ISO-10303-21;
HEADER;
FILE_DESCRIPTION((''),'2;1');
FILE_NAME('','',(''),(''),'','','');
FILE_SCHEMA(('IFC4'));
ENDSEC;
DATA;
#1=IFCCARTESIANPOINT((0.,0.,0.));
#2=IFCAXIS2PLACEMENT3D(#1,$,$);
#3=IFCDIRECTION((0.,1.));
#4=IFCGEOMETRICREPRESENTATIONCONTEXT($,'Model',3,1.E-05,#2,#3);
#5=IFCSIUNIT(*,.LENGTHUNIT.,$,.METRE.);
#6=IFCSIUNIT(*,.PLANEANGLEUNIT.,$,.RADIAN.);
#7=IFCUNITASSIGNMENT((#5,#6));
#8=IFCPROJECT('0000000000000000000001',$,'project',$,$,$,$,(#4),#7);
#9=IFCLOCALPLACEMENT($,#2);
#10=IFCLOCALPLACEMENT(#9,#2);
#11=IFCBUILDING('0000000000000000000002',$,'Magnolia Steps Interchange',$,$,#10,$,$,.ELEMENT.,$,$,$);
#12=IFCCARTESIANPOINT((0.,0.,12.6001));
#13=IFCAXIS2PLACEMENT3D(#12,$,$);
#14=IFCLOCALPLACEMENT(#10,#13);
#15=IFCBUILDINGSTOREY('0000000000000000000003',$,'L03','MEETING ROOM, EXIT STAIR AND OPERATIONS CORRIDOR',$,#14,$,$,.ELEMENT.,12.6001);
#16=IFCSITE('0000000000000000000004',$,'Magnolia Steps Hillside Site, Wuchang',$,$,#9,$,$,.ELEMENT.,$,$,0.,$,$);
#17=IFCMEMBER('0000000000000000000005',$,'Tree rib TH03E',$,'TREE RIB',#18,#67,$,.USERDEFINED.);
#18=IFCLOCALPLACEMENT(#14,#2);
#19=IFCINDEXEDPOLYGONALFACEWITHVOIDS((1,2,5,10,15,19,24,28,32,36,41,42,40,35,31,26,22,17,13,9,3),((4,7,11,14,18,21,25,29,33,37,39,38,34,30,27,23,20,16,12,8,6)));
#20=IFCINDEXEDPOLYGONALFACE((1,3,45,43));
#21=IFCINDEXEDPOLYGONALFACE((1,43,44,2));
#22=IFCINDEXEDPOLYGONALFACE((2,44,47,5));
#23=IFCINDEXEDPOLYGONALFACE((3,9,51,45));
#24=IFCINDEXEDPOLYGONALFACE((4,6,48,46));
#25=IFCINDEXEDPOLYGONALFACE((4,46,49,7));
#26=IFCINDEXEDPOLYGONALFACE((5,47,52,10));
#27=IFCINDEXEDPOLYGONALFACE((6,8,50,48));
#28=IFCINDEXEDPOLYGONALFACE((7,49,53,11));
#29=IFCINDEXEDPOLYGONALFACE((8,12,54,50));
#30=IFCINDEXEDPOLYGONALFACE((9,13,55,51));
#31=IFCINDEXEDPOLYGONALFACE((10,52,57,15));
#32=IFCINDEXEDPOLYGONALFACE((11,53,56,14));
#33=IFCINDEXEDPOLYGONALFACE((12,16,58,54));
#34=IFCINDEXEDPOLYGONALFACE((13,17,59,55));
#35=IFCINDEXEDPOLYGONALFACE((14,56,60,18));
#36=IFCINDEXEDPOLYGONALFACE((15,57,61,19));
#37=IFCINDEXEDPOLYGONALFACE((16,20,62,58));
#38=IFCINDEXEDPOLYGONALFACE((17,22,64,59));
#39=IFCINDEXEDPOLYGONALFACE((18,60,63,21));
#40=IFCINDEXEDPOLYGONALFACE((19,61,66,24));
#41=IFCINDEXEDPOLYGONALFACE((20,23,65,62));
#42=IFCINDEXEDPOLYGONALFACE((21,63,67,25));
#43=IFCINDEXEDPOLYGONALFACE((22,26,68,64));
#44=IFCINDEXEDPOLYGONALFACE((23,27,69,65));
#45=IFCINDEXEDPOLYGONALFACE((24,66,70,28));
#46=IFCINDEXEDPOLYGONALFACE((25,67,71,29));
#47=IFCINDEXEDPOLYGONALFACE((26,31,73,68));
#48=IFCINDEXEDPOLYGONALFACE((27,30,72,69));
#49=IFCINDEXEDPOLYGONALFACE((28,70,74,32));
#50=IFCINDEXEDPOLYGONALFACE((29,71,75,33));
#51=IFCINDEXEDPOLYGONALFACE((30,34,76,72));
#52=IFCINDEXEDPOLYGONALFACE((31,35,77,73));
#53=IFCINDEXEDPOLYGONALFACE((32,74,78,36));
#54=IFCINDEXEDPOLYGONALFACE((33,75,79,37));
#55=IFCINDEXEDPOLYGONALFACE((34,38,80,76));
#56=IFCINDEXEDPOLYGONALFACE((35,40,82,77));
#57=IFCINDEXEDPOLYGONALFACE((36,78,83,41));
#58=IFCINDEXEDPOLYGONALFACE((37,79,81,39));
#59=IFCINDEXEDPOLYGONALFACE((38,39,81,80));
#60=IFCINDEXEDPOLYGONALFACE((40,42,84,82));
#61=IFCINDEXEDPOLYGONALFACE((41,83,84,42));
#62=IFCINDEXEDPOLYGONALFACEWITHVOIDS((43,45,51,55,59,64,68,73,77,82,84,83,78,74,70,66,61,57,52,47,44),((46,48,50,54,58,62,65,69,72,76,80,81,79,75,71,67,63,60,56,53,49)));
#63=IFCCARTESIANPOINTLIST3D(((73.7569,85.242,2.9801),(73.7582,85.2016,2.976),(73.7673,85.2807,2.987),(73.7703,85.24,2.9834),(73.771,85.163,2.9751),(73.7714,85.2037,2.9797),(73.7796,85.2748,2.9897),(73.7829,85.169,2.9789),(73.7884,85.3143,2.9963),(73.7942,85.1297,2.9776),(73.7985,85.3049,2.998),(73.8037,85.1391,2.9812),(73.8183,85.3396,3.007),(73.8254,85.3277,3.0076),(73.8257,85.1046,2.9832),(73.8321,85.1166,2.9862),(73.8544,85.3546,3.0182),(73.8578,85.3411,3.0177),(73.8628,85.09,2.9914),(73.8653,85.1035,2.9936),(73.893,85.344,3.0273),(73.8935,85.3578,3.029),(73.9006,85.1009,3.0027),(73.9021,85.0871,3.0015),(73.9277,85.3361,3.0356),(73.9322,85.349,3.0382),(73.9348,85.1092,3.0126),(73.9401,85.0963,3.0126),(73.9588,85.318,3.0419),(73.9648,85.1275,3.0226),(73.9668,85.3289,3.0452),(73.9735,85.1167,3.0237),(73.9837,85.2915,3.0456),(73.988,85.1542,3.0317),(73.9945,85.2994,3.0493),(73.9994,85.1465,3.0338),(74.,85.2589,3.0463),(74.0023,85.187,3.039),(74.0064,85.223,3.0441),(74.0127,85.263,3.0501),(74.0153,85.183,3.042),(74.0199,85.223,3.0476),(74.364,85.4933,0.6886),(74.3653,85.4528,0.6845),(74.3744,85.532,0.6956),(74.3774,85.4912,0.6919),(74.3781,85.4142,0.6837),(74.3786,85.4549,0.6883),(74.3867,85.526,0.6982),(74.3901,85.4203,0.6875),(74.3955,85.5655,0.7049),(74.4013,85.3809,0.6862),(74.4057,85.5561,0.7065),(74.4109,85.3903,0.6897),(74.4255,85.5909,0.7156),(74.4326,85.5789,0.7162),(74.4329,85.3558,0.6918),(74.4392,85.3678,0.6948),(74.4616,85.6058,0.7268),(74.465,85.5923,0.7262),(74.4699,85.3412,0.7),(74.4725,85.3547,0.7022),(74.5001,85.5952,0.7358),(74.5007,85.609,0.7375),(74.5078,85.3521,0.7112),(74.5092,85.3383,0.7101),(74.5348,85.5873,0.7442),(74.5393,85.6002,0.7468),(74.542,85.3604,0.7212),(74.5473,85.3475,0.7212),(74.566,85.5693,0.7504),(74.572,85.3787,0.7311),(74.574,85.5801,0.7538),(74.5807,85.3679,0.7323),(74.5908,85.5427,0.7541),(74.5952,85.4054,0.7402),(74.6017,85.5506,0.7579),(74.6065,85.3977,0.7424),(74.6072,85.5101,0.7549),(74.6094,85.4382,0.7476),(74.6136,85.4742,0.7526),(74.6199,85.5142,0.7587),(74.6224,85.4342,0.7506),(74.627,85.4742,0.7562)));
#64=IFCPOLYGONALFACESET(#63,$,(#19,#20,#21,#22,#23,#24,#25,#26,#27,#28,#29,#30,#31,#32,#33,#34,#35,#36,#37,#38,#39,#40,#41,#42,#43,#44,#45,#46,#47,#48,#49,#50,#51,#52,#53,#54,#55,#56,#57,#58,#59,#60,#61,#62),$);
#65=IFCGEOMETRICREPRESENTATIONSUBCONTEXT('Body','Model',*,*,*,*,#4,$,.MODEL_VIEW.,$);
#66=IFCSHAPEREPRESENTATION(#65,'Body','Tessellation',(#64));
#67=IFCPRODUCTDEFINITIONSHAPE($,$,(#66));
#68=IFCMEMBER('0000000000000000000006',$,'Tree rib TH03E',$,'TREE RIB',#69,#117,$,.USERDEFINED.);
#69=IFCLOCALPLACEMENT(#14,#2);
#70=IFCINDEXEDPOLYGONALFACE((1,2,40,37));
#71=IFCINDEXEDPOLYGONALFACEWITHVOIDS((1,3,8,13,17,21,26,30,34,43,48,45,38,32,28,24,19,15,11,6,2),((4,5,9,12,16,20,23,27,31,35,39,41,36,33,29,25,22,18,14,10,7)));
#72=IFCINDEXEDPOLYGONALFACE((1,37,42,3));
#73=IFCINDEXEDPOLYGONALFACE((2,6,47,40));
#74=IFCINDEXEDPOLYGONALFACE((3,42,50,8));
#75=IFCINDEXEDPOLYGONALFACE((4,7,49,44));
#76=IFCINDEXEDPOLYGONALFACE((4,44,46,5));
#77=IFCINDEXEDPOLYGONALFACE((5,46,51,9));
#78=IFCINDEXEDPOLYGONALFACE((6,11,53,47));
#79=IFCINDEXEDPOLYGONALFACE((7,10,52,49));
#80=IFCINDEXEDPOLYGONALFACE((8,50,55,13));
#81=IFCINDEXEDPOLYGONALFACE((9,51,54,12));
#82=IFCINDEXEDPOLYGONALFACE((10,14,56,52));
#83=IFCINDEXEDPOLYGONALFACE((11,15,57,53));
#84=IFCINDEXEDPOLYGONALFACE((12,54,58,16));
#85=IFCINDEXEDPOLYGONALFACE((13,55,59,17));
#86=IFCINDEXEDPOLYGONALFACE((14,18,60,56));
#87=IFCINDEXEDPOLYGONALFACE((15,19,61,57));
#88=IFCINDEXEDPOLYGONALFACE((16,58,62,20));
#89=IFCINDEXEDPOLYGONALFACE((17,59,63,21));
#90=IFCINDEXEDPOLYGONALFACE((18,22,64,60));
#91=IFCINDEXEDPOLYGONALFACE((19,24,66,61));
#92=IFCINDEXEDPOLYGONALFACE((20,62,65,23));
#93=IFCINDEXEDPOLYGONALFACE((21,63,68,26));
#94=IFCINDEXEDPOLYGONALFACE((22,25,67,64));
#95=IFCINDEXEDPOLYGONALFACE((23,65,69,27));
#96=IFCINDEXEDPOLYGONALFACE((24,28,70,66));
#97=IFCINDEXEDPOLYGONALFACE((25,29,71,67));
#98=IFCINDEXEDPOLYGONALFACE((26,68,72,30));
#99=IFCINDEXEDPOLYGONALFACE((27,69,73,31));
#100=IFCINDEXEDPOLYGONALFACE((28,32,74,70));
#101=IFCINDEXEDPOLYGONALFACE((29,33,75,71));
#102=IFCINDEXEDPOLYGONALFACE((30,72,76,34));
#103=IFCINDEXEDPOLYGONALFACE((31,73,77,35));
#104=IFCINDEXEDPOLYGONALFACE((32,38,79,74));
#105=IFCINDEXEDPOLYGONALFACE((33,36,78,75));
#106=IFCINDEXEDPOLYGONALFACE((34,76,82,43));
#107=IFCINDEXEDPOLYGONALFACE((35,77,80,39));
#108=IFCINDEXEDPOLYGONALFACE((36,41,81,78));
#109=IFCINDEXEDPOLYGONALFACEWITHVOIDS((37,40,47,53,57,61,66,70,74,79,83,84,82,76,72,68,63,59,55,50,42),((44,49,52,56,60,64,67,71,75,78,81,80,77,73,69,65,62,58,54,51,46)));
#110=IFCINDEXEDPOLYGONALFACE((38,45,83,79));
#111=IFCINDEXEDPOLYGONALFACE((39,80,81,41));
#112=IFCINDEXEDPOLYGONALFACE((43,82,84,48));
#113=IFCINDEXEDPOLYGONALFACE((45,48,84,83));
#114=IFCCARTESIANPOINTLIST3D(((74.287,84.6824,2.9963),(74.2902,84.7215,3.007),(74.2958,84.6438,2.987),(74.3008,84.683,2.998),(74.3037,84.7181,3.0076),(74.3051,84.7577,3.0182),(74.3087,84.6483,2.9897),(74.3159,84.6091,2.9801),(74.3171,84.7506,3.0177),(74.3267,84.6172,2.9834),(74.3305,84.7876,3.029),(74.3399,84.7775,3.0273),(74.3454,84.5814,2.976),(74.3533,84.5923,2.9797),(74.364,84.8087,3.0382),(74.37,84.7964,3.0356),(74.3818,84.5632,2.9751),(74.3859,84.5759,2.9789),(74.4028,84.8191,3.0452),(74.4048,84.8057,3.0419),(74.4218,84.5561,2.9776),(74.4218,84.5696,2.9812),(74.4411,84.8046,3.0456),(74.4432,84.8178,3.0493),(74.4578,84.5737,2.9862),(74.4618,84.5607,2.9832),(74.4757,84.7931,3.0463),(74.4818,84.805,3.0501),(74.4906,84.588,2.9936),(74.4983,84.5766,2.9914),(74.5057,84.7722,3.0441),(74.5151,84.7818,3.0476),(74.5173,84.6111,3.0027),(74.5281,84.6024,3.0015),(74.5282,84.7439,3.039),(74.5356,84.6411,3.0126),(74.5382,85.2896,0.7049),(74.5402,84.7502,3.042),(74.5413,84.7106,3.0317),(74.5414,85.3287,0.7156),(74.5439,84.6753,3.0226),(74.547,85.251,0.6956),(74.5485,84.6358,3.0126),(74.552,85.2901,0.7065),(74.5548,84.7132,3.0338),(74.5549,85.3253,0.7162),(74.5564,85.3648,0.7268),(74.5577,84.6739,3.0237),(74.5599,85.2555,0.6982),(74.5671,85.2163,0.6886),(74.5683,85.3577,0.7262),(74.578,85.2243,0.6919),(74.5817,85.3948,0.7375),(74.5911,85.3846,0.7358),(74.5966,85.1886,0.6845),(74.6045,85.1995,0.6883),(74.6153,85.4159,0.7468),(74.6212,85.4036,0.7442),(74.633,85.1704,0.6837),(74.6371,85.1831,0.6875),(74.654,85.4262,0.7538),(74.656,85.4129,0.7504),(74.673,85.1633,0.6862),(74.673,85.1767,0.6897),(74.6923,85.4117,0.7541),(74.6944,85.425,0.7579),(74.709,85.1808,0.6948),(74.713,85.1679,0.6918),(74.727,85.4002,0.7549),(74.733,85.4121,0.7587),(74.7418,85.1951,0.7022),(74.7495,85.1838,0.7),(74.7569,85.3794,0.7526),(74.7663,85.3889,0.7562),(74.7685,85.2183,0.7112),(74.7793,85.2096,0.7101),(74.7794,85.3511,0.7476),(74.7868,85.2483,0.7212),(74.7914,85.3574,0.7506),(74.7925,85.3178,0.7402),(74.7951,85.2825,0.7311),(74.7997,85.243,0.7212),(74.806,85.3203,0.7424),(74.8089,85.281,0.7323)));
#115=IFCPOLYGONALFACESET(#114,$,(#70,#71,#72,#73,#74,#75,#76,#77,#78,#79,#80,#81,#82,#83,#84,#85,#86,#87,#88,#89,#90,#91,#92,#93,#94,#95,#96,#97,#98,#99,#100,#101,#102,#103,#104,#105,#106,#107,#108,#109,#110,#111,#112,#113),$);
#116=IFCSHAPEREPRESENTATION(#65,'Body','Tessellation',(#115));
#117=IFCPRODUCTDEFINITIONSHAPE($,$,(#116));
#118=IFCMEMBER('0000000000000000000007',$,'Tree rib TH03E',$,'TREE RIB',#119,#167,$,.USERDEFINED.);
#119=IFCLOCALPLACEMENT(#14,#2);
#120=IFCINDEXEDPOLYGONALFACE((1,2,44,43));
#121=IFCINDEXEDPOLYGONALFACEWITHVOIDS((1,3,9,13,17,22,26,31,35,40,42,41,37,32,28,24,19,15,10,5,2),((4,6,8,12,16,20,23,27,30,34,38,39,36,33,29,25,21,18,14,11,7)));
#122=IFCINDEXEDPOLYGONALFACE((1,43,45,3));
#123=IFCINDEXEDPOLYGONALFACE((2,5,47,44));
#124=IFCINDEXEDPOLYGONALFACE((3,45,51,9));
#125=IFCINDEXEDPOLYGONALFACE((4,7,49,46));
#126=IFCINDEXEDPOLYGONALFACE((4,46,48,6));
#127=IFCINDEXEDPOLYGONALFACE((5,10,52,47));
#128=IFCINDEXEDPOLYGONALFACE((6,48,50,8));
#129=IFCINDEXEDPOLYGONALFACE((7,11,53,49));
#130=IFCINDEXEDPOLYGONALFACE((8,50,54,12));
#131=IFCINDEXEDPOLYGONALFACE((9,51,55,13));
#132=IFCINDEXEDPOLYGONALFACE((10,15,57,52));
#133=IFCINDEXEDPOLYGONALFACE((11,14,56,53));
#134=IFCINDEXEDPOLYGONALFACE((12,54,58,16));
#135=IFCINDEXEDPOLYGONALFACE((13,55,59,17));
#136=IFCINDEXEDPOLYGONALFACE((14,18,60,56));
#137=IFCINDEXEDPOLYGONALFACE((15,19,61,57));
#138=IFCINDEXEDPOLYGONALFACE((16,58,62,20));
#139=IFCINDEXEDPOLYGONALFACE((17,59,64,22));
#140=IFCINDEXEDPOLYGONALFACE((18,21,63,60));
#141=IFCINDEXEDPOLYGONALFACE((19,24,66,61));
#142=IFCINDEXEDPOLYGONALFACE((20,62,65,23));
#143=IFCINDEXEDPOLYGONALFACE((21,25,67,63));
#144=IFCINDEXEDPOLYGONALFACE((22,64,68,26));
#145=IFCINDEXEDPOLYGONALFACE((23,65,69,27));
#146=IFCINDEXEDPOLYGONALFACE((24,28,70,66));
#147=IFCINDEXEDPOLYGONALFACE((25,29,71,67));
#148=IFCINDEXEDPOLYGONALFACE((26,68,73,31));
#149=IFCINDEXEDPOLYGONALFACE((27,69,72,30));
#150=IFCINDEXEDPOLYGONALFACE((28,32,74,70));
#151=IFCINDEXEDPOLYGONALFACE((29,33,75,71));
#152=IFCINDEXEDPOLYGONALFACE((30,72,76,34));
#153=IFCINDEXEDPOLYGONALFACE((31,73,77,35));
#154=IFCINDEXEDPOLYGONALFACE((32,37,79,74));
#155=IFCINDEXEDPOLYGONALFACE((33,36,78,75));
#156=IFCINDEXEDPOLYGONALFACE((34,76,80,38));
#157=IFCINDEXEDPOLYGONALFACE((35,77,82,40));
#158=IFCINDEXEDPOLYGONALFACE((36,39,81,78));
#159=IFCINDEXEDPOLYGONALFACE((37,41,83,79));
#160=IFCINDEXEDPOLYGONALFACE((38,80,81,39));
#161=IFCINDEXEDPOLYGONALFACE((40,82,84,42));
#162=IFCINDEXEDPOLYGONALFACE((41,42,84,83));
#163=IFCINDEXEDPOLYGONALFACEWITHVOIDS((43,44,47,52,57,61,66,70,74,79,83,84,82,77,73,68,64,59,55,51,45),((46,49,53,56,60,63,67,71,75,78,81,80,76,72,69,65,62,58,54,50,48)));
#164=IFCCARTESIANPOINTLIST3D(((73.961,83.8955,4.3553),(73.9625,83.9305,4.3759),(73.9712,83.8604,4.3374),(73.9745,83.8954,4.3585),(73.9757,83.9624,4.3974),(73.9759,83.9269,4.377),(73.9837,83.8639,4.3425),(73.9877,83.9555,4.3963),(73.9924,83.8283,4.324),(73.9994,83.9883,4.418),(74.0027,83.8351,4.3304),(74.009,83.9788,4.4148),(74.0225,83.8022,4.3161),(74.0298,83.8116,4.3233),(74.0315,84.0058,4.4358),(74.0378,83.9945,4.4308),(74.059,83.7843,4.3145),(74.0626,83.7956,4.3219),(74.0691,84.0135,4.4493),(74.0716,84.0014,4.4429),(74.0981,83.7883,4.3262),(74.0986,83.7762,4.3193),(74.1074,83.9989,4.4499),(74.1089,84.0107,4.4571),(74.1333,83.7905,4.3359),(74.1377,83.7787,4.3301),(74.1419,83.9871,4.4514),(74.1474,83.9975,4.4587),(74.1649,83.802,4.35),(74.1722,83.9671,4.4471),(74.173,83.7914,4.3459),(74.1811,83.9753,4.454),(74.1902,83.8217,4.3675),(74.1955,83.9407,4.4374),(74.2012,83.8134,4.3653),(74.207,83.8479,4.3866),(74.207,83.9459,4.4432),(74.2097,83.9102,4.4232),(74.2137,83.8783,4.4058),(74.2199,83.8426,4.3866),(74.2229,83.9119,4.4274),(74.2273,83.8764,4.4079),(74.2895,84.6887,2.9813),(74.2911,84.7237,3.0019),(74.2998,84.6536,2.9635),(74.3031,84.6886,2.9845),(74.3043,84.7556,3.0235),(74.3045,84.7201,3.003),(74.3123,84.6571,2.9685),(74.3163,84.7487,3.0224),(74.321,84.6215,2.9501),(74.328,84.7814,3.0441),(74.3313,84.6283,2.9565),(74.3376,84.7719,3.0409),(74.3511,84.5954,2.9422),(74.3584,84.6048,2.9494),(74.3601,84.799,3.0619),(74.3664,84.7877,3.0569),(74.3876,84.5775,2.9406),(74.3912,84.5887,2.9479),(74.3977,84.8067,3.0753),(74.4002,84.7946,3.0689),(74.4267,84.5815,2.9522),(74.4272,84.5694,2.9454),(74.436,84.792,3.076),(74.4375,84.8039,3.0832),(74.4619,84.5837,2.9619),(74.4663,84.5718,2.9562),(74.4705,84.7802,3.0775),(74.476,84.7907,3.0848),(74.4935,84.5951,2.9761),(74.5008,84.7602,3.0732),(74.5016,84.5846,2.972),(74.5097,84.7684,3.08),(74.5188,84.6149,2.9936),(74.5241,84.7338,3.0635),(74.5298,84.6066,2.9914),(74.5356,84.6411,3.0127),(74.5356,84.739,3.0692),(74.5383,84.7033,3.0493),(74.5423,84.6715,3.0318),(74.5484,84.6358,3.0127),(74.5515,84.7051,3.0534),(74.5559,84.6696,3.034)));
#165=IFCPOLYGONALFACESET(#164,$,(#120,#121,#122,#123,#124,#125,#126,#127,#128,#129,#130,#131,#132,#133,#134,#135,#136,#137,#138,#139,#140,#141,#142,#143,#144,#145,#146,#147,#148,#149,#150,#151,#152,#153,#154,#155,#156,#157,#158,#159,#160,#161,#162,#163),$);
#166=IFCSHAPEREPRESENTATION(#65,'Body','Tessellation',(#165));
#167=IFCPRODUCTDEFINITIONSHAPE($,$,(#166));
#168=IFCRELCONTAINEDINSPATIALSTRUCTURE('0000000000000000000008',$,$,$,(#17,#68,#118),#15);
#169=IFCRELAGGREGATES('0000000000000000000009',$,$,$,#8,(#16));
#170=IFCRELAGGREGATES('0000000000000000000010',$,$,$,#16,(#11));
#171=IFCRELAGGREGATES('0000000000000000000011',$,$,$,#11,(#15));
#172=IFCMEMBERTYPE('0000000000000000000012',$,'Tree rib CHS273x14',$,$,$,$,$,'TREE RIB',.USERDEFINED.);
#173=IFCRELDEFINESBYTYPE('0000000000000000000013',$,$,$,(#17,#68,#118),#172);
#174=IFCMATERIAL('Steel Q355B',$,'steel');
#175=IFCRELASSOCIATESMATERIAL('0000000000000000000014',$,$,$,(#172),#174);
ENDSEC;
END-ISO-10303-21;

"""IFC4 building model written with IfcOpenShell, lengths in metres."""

from ifc_helpers import new_model, si_unit, direction, frame, origin, origin_2d, place, context, subcontext, project, spatial, hollow_circle, extrude, material, material_profile, profile_set, type_object, element, save


model = new_model("IFC4")

# Units and contexts
model_context = context("Model", 3, precision=1e-05, world=origin(), true_north=direction((0.0, 1.0)))
body_context = subcontext(model_context, "Body", "Model", "MODEL_VIEW")
ifc_project = project(units=[si_unit("LENGTHUNIT", "METRE"), si_unit("PLANEANGLEUNIT", "RADIAN")], contexts=[model_context])

# Site, building, storey
site_placement = place(None, origin())
site = spatial("IfcSite", under=ifc_project, at=site_placement, Name="Magnolia Steps Hillside Site, Wuchang", CompositionType="ELEMENT", RefElevation=0.0)
building_placement = place(site_placement, origin())
building = spatial("IfcBuilding", under=site, at=building_placement, Name="Magnolia Steps Interchange", CompositionType="ELEMENT")
storey_placement = place(building_placement, frame((0.0, 0.0, 12.6001)))
storey = spatial("IfcBuildingStorey", under=building, at=storey_placement, Name="L03", Description="MEETING ROOM, EXIT STAIR AND OPERATIONS CORRIDOR", CompositionType="ELEMENT", Elevation=12.6001)

# Members
ifc_material_1 = material(Name="Steel Q355B", Category="steel")
ifc_material_profile_1 = material_profile(ifc_material_1, hollow_circle(Radius=0.1365, WallThickness=0.0139, at=origin_2d()), Name="CHS273x14")
ifc_profile_set_1 = profile_set([ifc_material_profile_1], Name="Steel Q355B")
member_type_1 = type_object("IfcMemberType", Name="Tree rib CHS273x14", ElementType="TREE RIB", PredefinedType="USERDEFINED", material=ifc_profile_set_1)
for number, where, z_axis, x_axis, name in (
    (1, (74.4951, 85.4736, 0.7212), (-0.254704, -0.105384, 0.96126), (0.382319, -0.92403, 0.0), "Tree rib TH03E"),
    (2, (74.6736, 85.2952, 0.7212), (-0.105384, -0.254704, 0.96126), (0.92403, -0.382319, 0.0), "Tree rib TH03E"),
):
    element("IfcMember", number, at=place(storey_placement, frame(where, z_axis=z_axis, x_axis=x_axis)), inside=storey, type_object=member_type_1, Name=name, ObjectType="TREE RIB", PredefinedType="USERDEFINED", context=body_context, shape_type="SweptSolid", body=[
        extrude(hollow_circle(Radius=0.1365, WallThickness=0.0139, at=origin_2d()), origin(), (0.0, 0.0, 1.0), 2.3838),
    ])
member_1_placement = place(storey_placement, frame((74.4224, 84.688, 3.0127), z_axis=(-0.20282, -0.489571, 0.848047), x_axis=(0.923857, -0.382737, 0.0)))
element("IfcMember", 3, at=member_1_placement, inside=storey, type_object=member_type_1, Name="Tree rib TH03E", ObjectType="TREE RIB", PredefinedType="USERDEFINED", context=body_context, shape_type="SweptSolid", body=[
    extrude(hollow_circle(Radius=0.1365, WallThickness=0.0139, at=origin_2d()), origin(), (0.0, 0.0, 1.0), 1.6201),
])

save(model, "model.ifc")
